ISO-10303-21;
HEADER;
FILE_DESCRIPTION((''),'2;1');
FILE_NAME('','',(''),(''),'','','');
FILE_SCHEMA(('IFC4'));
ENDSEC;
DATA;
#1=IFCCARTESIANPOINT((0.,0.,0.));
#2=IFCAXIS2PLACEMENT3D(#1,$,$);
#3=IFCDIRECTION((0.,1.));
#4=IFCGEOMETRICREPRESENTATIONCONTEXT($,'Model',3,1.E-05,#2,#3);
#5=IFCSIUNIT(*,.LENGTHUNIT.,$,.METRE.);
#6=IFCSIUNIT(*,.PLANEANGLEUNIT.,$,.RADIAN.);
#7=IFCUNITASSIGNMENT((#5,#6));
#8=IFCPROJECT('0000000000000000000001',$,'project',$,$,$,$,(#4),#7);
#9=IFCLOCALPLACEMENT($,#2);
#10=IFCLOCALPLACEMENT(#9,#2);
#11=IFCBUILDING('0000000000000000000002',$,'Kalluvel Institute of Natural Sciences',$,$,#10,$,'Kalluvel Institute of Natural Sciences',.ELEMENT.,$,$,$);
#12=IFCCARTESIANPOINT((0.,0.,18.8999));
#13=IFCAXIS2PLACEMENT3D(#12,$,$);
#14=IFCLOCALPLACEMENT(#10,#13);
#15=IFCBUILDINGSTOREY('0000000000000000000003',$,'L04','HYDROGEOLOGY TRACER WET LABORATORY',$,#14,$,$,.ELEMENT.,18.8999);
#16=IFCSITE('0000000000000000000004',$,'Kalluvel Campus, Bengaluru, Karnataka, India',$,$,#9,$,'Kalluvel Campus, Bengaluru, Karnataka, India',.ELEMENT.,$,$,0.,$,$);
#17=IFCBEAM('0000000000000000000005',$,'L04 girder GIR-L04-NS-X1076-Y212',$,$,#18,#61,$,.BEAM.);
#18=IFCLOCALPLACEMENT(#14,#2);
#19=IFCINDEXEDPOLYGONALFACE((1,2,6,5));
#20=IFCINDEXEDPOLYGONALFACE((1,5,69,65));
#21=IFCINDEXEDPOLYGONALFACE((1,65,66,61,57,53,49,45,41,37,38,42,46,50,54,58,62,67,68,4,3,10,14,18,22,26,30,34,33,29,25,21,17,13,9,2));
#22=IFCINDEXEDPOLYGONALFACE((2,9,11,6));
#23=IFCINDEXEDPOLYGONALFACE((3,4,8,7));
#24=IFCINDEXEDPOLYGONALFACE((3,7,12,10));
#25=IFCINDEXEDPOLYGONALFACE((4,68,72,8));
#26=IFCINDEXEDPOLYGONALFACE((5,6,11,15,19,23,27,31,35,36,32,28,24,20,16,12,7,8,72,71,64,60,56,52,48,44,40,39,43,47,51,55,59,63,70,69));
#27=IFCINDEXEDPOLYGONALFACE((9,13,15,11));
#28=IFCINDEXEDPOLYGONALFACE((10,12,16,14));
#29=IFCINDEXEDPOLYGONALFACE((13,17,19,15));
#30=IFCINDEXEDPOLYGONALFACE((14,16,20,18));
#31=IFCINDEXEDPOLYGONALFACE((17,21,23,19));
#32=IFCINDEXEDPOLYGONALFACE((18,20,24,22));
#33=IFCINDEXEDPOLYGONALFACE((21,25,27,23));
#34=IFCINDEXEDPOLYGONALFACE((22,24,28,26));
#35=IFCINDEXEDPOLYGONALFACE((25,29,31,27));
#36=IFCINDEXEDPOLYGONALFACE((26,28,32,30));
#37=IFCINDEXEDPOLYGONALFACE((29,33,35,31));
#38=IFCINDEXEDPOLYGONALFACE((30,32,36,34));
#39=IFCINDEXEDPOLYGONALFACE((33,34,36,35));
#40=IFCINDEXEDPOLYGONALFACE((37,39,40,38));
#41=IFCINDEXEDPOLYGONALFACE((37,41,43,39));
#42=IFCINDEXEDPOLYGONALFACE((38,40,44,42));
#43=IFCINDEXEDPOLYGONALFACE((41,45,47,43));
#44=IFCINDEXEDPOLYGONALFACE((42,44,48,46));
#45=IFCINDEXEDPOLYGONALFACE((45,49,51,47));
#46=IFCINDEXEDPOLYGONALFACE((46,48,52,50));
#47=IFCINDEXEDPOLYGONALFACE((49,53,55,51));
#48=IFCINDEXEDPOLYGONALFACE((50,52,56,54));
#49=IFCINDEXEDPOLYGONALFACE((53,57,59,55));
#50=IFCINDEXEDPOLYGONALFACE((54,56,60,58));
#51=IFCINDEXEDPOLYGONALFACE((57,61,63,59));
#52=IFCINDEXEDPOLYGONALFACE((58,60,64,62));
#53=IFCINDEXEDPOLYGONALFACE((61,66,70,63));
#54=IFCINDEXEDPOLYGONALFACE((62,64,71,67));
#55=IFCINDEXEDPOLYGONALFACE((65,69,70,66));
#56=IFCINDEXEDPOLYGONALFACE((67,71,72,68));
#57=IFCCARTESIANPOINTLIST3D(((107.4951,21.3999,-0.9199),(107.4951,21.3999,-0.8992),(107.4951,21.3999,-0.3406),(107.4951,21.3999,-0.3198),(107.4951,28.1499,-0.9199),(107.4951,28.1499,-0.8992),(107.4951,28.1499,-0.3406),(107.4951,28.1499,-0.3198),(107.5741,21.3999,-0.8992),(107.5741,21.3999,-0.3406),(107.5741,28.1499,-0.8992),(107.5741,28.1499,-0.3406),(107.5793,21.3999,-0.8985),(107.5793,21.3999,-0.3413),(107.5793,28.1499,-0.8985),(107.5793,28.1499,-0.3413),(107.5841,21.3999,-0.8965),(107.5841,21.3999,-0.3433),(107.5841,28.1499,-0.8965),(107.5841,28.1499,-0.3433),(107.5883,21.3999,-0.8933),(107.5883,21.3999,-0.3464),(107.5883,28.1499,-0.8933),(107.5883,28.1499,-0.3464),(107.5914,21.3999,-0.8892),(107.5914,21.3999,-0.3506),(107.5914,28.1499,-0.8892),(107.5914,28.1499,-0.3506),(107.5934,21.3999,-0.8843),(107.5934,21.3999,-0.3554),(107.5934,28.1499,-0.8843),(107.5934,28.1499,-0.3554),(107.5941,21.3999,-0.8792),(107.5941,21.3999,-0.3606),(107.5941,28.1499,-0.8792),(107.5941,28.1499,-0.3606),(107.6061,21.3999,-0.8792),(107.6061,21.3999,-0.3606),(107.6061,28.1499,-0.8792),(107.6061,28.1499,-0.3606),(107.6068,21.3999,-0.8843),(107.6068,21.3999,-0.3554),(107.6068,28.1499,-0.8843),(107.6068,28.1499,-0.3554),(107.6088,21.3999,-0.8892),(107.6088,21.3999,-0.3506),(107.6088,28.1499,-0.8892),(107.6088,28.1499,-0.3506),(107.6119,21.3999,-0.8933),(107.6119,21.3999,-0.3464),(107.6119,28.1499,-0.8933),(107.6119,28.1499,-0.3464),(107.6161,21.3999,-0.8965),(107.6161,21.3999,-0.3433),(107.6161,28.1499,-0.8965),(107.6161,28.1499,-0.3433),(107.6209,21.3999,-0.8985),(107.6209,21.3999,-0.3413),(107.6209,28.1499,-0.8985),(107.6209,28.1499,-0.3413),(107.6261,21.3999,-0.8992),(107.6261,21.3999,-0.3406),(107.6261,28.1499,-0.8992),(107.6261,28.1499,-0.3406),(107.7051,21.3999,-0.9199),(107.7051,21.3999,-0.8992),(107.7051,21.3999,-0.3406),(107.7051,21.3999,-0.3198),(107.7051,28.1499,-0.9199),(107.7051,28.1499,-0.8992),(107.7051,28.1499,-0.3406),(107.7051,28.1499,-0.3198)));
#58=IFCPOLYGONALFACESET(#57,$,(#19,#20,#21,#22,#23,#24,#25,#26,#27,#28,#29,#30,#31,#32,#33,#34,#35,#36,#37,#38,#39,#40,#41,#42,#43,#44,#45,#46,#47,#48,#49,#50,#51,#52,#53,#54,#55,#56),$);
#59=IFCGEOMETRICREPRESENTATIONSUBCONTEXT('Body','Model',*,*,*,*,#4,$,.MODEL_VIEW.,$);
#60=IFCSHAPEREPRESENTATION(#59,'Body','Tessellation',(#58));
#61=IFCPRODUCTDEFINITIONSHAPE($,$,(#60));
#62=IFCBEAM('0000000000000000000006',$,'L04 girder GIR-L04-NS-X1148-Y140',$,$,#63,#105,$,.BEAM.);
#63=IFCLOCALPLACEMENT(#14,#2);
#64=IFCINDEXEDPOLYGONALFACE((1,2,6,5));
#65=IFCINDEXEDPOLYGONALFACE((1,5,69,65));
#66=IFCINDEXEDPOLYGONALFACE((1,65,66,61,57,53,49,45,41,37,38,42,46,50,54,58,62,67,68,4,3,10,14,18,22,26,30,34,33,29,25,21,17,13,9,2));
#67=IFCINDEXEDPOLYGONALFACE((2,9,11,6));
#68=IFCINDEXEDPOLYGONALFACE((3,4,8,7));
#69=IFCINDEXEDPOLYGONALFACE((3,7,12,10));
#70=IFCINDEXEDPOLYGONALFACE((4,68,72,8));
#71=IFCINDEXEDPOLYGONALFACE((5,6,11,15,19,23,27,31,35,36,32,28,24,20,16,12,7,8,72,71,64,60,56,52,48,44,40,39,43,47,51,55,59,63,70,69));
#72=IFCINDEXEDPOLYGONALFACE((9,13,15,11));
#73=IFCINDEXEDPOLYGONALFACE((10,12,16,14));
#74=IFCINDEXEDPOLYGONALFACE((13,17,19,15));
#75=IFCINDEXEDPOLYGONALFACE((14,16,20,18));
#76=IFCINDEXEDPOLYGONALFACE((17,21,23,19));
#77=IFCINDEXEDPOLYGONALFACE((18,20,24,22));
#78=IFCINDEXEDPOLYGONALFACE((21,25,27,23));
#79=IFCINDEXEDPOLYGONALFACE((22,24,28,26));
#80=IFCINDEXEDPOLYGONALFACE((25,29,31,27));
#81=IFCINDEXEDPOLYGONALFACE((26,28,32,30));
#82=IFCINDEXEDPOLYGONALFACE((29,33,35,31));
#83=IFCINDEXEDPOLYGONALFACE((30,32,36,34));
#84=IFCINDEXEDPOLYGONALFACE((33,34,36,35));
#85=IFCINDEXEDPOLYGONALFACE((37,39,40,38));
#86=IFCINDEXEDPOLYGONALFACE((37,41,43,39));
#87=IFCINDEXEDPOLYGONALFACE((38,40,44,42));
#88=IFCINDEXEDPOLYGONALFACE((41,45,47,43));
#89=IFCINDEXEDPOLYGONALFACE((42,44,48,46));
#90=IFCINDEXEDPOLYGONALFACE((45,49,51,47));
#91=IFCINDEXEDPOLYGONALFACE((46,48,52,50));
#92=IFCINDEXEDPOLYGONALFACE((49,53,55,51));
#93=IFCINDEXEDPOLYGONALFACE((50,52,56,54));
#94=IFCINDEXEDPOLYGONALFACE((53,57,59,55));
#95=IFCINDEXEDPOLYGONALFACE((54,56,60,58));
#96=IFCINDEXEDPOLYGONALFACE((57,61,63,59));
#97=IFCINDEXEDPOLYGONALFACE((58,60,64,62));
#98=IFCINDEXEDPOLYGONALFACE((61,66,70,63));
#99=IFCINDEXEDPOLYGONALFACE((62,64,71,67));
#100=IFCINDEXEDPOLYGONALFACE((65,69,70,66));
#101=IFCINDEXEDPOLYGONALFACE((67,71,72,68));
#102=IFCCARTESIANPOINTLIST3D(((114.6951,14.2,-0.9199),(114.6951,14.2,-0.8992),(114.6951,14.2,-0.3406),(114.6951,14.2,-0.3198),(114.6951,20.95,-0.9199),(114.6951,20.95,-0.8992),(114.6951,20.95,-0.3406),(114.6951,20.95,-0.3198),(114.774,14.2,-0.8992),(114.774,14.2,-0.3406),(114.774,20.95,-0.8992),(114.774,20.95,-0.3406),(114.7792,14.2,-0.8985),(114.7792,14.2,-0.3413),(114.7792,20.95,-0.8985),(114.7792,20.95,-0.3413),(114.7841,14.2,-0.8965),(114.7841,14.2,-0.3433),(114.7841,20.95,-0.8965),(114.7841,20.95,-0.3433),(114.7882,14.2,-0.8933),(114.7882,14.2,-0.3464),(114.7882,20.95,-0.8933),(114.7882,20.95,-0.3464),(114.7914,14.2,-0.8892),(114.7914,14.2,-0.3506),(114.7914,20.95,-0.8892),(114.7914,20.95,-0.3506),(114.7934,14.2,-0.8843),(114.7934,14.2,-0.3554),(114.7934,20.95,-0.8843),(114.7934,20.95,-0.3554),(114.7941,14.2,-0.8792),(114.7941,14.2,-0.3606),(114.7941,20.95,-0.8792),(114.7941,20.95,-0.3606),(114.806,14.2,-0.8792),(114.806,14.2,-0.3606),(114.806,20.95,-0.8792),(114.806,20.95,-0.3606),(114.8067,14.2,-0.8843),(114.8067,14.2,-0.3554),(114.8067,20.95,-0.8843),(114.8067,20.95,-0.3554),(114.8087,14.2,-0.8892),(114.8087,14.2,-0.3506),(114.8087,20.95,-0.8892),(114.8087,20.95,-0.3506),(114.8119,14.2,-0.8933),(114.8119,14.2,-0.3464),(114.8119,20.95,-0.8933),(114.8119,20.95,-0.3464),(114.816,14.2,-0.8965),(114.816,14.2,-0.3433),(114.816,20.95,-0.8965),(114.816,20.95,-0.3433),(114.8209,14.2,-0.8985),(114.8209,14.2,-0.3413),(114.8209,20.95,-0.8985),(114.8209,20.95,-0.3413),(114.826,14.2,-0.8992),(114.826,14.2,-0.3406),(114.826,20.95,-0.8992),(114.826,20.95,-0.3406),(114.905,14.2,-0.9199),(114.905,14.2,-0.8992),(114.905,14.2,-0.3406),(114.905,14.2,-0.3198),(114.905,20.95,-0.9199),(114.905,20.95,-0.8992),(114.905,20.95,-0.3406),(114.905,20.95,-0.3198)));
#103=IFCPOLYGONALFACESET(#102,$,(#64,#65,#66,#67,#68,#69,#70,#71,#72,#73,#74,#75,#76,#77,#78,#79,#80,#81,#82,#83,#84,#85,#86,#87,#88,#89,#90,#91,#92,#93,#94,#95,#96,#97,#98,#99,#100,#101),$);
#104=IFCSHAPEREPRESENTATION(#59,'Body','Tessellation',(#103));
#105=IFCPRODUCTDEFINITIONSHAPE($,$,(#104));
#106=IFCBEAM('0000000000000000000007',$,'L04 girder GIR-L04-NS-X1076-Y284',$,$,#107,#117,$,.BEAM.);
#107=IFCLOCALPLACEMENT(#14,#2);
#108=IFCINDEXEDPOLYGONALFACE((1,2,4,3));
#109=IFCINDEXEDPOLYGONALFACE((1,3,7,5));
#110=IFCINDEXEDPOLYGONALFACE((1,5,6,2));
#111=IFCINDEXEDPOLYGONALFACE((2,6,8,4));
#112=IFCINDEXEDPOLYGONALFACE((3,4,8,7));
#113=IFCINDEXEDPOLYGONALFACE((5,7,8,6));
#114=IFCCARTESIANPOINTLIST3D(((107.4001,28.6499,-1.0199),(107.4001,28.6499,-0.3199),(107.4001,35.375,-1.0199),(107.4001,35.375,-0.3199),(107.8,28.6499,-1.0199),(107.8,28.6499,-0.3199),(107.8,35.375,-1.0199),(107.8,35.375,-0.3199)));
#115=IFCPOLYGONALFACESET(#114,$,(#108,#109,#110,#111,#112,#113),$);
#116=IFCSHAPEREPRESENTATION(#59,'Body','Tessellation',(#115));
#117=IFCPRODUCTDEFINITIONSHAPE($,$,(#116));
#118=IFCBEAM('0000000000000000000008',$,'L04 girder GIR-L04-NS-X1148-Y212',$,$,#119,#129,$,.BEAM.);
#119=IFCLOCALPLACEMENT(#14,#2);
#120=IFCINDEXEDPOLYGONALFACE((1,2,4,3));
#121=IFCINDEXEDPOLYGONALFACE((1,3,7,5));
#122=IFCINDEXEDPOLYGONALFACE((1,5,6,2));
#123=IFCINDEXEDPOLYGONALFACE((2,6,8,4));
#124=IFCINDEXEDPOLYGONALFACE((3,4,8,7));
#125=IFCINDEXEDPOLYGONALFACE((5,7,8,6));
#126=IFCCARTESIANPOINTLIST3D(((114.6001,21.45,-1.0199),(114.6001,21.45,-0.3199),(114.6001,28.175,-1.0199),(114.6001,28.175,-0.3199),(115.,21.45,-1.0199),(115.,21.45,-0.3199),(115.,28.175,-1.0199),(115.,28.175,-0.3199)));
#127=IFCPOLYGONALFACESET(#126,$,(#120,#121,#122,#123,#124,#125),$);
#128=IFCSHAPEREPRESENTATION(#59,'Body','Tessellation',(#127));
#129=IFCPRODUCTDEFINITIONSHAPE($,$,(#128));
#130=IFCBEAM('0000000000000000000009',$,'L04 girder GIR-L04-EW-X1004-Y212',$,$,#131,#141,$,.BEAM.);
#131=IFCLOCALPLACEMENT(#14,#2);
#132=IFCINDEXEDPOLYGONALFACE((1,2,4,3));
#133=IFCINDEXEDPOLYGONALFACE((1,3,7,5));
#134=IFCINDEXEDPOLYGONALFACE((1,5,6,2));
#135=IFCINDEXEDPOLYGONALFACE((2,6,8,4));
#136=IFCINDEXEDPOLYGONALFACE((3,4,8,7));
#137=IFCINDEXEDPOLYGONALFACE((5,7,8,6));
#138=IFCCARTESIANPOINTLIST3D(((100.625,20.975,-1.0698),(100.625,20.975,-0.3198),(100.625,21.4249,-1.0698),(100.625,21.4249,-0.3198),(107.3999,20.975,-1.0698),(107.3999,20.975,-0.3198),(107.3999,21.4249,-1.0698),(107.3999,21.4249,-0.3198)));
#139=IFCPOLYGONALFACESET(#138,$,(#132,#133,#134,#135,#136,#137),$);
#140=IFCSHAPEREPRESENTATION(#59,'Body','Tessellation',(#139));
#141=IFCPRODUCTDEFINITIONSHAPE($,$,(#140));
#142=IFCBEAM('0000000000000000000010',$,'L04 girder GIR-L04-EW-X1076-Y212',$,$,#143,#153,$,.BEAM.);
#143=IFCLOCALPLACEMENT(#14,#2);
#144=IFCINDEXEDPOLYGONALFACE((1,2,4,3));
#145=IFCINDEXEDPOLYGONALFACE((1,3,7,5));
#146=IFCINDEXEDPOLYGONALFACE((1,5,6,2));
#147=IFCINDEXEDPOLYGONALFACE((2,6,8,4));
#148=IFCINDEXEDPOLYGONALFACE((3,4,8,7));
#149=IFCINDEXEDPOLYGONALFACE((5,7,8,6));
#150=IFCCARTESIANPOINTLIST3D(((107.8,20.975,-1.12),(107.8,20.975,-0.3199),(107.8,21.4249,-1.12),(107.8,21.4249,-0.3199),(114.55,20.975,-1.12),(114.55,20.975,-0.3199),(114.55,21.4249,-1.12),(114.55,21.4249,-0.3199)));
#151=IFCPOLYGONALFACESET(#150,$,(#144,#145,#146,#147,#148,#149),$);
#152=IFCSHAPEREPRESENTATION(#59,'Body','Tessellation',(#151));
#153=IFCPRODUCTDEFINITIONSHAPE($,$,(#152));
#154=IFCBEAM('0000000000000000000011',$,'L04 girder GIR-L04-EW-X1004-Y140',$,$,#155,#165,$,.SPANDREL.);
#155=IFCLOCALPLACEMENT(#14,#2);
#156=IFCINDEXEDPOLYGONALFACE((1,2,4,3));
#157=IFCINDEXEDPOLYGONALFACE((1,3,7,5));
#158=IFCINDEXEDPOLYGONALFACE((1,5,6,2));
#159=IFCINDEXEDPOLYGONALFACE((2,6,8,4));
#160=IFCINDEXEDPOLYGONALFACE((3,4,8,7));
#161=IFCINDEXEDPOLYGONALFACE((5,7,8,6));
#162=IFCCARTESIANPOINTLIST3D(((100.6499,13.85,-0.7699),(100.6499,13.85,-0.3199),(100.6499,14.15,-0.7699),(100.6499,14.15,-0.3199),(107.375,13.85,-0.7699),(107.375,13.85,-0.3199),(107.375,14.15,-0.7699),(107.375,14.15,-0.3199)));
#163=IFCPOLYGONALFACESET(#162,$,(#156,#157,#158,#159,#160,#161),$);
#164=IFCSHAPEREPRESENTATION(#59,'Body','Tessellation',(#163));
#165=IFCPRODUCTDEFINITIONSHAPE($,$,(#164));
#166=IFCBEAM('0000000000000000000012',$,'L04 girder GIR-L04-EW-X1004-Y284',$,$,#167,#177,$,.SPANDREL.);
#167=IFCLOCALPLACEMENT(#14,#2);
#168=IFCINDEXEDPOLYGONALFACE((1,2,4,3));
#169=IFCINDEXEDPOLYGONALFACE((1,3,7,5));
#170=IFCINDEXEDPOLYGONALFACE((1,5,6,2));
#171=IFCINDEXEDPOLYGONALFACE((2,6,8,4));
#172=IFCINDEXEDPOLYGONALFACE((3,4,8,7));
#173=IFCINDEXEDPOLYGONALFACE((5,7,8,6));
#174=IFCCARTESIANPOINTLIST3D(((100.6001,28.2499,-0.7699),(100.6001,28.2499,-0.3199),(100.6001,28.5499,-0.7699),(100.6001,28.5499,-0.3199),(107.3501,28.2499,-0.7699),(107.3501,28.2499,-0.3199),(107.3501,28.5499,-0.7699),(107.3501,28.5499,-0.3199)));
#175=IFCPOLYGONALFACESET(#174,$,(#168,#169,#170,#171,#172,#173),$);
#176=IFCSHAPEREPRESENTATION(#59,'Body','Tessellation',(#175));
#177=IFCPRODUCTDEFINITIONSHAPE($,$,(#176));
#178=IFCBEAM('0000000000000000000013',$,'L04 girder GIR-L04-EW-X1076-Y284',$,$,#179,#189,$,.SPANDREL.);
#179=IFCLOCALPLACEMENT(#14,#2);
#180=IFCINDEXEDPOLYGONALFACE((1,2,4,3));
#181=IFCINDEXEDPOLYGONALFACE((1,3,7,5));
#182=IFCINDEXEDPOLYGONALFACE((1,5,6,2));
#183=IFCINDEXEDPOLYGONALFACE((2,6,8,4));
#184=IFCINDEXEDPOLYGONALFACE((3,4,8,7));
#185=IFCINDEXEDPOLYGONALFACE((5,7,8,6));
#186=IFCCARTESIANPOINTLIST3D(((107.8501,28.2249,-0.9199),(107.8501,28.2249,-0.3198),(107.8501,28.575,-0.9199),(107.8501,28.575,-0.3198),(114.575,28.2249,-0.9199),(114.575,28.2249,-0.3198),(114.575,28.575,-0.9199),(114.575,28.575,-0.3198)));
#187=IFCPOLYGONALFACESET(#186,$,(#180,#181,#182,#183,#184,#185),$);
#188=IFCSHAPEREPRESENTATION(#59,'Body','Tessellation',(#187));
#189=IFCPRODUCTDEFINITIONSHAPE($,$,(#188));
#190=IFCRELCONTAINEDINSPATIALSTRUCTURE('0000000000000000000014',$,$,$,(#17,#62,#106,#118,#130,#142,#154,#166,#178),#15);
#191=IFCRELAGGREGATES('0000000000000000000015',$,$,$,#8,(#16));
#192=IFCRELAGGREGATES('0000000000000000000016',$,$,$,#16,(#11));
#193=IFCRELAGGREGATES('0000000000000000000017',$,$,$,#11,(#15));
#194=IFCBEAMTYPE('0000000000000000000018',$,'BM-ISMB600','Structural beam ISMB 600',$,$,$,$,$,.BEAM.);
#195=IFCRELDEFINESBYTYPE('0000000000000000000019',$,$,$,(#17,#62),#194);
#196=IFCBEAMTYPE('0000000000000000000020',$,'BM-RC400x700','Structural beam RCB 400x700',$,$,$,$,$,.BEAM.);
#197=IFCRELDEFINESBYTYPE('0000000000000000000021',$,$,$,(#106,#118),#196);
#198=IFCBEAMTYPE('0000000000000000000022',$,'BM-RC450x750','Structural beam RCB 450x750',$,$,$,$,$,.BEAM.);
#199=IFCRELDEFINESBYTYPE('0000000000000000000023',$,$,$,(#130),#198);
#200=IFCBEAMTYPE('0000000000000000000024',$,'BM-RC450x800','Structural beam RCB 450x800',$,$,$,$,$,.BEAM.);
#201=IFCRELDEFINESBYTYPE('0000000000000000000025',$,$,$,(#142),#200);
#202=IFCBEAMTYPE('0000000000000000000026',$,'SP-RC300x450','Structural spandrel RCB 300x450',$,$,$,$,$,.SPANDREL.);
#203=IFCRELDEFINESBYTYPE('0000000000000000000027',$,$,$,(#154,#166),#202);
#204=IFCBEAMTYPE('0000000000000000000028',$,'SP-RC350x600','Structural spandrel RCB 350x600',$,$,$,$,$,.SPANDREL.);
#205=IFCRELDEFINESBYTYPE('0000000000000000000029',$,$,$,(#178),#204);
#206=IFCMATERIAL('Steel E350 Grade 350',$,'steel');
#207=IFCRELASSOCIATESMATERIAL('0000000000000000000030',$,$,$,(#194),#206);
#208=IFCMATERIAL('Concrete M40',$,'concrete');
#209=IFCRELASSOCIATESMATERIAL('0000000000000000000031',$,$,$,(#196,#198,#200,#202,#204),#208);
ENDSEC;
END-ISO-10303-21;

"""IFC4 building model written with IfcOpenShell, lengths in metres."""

from ifc_helpers import new_model, si_unit, direction, frame, origin, origin_2d, place, context, subcontext, project, spatial, rectangle, i_section, extrude, material, material_profile, profile_set, type_object, element, save


model = new_model("IFC4")

# Units and contexts
model_context = context("Model", 3, precision=1e-05, world=origin(), true_north=direction((0.0, 1.0)))
body_context = subcontext(model_context, "Body", "Model", "MODEL_VIEW")
ifc_project = project(units=[si_unit("LENGTHUNIT", "METRE"), si_unit("PLANEANGLEUNIT", "RADIAN")], contexts=[model_context])

# Site, building, storey
site_placement = place(None, origin())
site = spatial("IfcSite", under=ifc_project, at=site_placement, Name="Kalluvel Campus, Bengaluru, Karnataka, India", LongName="Kalluvel Campus, Bengaluru, Karnataka, India", CompositionType="ELEMENT", RefElevation=0.0)
building_placement = place(site_placement, origin())
building = spatial("IfcBuilding", under=site, at=building_placement, Name="Kalluvel Institute of Natural Sciences", LongName="Kalluvel Institute of Natural Sciences", CompositionType="ELEMENT")
storey_placement = place(building_placement, frame((0.0, 0.0, 18.8999)))
storey = spatial("IfcBuildingStorey", under=building, at=storey_placement, Name="L04", Description="HYDROGEOLOGY TRACER WET LABORATORY", CompositionType="ELEMENT", Elevation=18.8999)

# Beams
ifc_material_1 = material(Name="Steel E350 Grade 350", Category="steel")
ifc_material_profile_1 = material_profile(ifc_material_1, i_section(OverallWidth=0.21, OverallDepth=0.6001, WebThickness=0.012, FlangeThickness=0.0208, FilletRadius=0.02, at=origin_2d()), Name="ISMB 600")
ifc_profile_set_1 = profile_set([ifc_material_profile_1], Name="Steel E350 Grade 350")
beam_type_1 = type_object("IfcBeamType", Name="BM-ISMB600", Description="Structural beam ISMB 600", PredefinedType="BEAM", material=ifc_profile_set_1)
for number, where, z_axis, x_axis, name in (
    (1, (107.6001, 21.3999, -0.6199), (0.0, 1.0, 0.0), (-1.0, 0.0, 0.0), "L04 girder GIR-L04-NS-X1076-Y212"),
    (2, (114.8, 14.2, -0.6199), (0.0, 1.0, 0.0), (-1.0, 0.0, 0.0), "L04 girder GIR-L04-NS-X1148-Y140"),
):
    element("IfcBeam", number, at=place(storey_placement, frame(where, z_axis=z_axis, x_axis=x_axis)), inside=storey, type_object=beam_type_1, Name=name, PredefinedType="BEAM", context=body_context, shape_type="SweptSolid", body=[
        extrude(i_section(OverallWidth=0.21, OverallDepth=0.6001, WebThickness=0.012, FlangeThickness=0.0208, FilletRadius=0.02, at=origin_2d()), origin(), (0.0, 0.0, 1.0), 6.75),
    ])
ifc_material_2 = material(Name="Concrete M40", Category="concrete")
ifc_material_profile_2 = material_profile(ifc_material_2, rectangle(XDim=0.3999, YDim=0.7, at=origin_2d()), Name="RCB 400x700")
ifc_profile_set_2 = profile_set([ifc_material_profile_2], Name="Concrete M40")
beam_type_2 = type_object("IfcBeamType", Name="BM-RC400x700", Description="Structural beam RCB 400x700", PredefinedType="BEAM", material=ifc_profile_set_2)
for number, where, z_axis, x_axis, name in (
    (3, (107.6001, 28.6499, -0.6699), (0.0, 1.0, 0.0), (-1.0, 0.0, 0.0), "L04 girder GIR-L04-NS-X1076-Y284"),
    (4, (114.8, 21.45, -0.6699), (0.0, 1.0, 0.0), (-1.0, 0.0, 0.0), "L04 girder GIR-L04-NS-X1148-Y212"),
):
    element("IfcBeam", number, at=place(storey_placement, frame(where, z_axis=z_axis, x_axis=x_axis)), inside=storey, type_object=beam_type_2, Name=name, PredefinedType="BEAM", context=body_context, shape_type="SweptSolid", body=[
        extrude(rectangle(XDim=0.3999, YDim=0.7, at=origin_2d()), origin(), (0.0, 0.0, 1.0), 6.7251),
    ])
ifc_material_profile_3 = material_profile(ifc_material_2, rectangle(XDim=0.45, YDim=0.75, at=origin_2d()), Name="RCB 450x750")
ifc_profile_set_3 = profile_set([ifc_material_profile_3], Name="Concrete M40")
beam_type_3 = type_object("IfcBeamType", Name="BM-RC450x750", Description="Structural beam RCB 450x750", PredefinedType="BEAM", material=ifc_profile_set_3)
beam_1_placement = place(storey_placement, frame((100.625, 21.2, -0.6948), z_axis=(1.0, 0.0, 0.0), x_axis=(0.0, 1.0, 0.0)))
element("IfcBeam", 5, at=beam_1_placement, inside=storey, type_object=beam_type_3, Name="L04 girder GIR-L04-EW-X1004-Y212", PredefinedType="BEAM", context=body_context, shape_type="SweptSolid", body=[
    extrude(rectangle(XDim=0.45, YDim=0.75, at=origin_2d()), origin(), (0.0, 0.0, 1.0), 6.7749),
])
ifc_material_profile_4 = material_profile(ifc_material_2, rectangle(XDim=0.45, YDim=0.8, at=origin_2d()), Name="RCB 450x800")
ifc_profile_set_4 = profile_set([ifc_material_profile_4], Name="Concrete M40")
beam_type_4 = type_object("IfcBeamType", Name="BM-RC450x800", Description="Structural beam RCB 450x800", PredefinedType="BEAM", material=ifc_profile_set_4)
beam_2_placement = place(storey_placement, frame((107.8, 21.2, -0.72), z_axis=(1.0, 0.0, 0.0), x_axis=(0.0, 1.0, 0.0)))
element("IfcBeam", 6, at=beam_2_placement, inside=storey, type_object=beam_type_4, Name="L04 girder GIR-L04-EW-X1076-Y212", PredefinedType="BEAM", context=body_context, shape_type="SweptSolid", body=[
    extrude(rectangle(XDim=0.45, YDim=0.8, at=origin_2d()), origin(), (0.0, 0.0, 1.0), 6.75),
])
ifc_material_profile_5 = material_profile(ifc_material_2, rectangle(XDim=0.3, YDim=0.45, at=origin_2d()), Name="RCB 300x450")
ifc_profile_set_5 = profile_set([ifc_material_profile_5], Name="Concrete M40")
beam_type_5 = type_object("IfcBeamType", Name="SP-RC300x450", Description="Structural spandrel RCB 300x450", PredefinedType="SPANDREL", material=ifc_profile_set_5)
beam_3_placement = place(storey_placement, frame((100.6499, 14.0, -0.5449), z_axis=(1.0, 0.0, 0.0), x_axis=(0.0, 1.0, 0.0)))
element("IfcBeam", 7, at=beam_3_placement, inside=storey, type_object=beam_type_5, Name="L04 girder GIR-L04-EW-X1004-Y140", PredefinedType="SPANDREL", context=body_context, shape_type="SweptSolid", body=[
    extrude(rectangle(XDim=0.3, YDim=0.45, at=origin_2d()), origin(), (0.0, 0.0, 1.0), 6.7251),
])
beam_4_placement = place(storey_placement, frame((100.6001, 28.3999, -0.5449), z_axis=(1.0, 0.0, 0.0), x_axis=(0.0, 1.0, 0.0)))
element("IfcBeam", 8, at=beam_4_placement, inside=storey, type_object=beam_type_5, Name="L04 girder GIR-L04-EW-X1004-Y284", PredefinedType="SPANDREL", context=body_context, shape_type="SweptSolid", body=[
    extrude(rectangle(XDim=0.3, YDim=0.45, at=origin_2d()), origin(), (0.0, 0.0, 1.0), 6.75),
])
ifc_material_profile_6 = material_profile(ifc_material_2, rectangle(XDim=0.3501, YDim=0.6001, at=origin_2d()), Name="RCB 350x600")
ifc_profile_set_6 = profile_set([ifc_material_profile_6], Name="Concrete M40")
beam_type_6 = type_object("IfcBeamType", Name="SP-RC350x600", Description="Structural spandrel RCB 350x600", PredefinedType="SPANDREL", material=ifc_profile_set_6)
beam_5_placement = place(storey_placement, frame((107.8501, 28.3999, -0.6199), z_axis=(1.0, 0.0, 0.0), x_axis=(0.0, 1.0, 0.0)))
element("IfcBeam", 9, at=beam_5_placement, inside=storey, type_object=beam_type_6, Name="L04 girder GIR-L04-EW-X1076-Y284", PredefinedType="SPANDREL", context=body_context, shape_type="SweptSolid", body=[
    extrude(rectangle(XDim=0.3501, YDim=0.6001, at=origin_2d()), origin(), (0.0, 0.0, 1.0), 6.7249),
])

save(model, "model.ifc")
